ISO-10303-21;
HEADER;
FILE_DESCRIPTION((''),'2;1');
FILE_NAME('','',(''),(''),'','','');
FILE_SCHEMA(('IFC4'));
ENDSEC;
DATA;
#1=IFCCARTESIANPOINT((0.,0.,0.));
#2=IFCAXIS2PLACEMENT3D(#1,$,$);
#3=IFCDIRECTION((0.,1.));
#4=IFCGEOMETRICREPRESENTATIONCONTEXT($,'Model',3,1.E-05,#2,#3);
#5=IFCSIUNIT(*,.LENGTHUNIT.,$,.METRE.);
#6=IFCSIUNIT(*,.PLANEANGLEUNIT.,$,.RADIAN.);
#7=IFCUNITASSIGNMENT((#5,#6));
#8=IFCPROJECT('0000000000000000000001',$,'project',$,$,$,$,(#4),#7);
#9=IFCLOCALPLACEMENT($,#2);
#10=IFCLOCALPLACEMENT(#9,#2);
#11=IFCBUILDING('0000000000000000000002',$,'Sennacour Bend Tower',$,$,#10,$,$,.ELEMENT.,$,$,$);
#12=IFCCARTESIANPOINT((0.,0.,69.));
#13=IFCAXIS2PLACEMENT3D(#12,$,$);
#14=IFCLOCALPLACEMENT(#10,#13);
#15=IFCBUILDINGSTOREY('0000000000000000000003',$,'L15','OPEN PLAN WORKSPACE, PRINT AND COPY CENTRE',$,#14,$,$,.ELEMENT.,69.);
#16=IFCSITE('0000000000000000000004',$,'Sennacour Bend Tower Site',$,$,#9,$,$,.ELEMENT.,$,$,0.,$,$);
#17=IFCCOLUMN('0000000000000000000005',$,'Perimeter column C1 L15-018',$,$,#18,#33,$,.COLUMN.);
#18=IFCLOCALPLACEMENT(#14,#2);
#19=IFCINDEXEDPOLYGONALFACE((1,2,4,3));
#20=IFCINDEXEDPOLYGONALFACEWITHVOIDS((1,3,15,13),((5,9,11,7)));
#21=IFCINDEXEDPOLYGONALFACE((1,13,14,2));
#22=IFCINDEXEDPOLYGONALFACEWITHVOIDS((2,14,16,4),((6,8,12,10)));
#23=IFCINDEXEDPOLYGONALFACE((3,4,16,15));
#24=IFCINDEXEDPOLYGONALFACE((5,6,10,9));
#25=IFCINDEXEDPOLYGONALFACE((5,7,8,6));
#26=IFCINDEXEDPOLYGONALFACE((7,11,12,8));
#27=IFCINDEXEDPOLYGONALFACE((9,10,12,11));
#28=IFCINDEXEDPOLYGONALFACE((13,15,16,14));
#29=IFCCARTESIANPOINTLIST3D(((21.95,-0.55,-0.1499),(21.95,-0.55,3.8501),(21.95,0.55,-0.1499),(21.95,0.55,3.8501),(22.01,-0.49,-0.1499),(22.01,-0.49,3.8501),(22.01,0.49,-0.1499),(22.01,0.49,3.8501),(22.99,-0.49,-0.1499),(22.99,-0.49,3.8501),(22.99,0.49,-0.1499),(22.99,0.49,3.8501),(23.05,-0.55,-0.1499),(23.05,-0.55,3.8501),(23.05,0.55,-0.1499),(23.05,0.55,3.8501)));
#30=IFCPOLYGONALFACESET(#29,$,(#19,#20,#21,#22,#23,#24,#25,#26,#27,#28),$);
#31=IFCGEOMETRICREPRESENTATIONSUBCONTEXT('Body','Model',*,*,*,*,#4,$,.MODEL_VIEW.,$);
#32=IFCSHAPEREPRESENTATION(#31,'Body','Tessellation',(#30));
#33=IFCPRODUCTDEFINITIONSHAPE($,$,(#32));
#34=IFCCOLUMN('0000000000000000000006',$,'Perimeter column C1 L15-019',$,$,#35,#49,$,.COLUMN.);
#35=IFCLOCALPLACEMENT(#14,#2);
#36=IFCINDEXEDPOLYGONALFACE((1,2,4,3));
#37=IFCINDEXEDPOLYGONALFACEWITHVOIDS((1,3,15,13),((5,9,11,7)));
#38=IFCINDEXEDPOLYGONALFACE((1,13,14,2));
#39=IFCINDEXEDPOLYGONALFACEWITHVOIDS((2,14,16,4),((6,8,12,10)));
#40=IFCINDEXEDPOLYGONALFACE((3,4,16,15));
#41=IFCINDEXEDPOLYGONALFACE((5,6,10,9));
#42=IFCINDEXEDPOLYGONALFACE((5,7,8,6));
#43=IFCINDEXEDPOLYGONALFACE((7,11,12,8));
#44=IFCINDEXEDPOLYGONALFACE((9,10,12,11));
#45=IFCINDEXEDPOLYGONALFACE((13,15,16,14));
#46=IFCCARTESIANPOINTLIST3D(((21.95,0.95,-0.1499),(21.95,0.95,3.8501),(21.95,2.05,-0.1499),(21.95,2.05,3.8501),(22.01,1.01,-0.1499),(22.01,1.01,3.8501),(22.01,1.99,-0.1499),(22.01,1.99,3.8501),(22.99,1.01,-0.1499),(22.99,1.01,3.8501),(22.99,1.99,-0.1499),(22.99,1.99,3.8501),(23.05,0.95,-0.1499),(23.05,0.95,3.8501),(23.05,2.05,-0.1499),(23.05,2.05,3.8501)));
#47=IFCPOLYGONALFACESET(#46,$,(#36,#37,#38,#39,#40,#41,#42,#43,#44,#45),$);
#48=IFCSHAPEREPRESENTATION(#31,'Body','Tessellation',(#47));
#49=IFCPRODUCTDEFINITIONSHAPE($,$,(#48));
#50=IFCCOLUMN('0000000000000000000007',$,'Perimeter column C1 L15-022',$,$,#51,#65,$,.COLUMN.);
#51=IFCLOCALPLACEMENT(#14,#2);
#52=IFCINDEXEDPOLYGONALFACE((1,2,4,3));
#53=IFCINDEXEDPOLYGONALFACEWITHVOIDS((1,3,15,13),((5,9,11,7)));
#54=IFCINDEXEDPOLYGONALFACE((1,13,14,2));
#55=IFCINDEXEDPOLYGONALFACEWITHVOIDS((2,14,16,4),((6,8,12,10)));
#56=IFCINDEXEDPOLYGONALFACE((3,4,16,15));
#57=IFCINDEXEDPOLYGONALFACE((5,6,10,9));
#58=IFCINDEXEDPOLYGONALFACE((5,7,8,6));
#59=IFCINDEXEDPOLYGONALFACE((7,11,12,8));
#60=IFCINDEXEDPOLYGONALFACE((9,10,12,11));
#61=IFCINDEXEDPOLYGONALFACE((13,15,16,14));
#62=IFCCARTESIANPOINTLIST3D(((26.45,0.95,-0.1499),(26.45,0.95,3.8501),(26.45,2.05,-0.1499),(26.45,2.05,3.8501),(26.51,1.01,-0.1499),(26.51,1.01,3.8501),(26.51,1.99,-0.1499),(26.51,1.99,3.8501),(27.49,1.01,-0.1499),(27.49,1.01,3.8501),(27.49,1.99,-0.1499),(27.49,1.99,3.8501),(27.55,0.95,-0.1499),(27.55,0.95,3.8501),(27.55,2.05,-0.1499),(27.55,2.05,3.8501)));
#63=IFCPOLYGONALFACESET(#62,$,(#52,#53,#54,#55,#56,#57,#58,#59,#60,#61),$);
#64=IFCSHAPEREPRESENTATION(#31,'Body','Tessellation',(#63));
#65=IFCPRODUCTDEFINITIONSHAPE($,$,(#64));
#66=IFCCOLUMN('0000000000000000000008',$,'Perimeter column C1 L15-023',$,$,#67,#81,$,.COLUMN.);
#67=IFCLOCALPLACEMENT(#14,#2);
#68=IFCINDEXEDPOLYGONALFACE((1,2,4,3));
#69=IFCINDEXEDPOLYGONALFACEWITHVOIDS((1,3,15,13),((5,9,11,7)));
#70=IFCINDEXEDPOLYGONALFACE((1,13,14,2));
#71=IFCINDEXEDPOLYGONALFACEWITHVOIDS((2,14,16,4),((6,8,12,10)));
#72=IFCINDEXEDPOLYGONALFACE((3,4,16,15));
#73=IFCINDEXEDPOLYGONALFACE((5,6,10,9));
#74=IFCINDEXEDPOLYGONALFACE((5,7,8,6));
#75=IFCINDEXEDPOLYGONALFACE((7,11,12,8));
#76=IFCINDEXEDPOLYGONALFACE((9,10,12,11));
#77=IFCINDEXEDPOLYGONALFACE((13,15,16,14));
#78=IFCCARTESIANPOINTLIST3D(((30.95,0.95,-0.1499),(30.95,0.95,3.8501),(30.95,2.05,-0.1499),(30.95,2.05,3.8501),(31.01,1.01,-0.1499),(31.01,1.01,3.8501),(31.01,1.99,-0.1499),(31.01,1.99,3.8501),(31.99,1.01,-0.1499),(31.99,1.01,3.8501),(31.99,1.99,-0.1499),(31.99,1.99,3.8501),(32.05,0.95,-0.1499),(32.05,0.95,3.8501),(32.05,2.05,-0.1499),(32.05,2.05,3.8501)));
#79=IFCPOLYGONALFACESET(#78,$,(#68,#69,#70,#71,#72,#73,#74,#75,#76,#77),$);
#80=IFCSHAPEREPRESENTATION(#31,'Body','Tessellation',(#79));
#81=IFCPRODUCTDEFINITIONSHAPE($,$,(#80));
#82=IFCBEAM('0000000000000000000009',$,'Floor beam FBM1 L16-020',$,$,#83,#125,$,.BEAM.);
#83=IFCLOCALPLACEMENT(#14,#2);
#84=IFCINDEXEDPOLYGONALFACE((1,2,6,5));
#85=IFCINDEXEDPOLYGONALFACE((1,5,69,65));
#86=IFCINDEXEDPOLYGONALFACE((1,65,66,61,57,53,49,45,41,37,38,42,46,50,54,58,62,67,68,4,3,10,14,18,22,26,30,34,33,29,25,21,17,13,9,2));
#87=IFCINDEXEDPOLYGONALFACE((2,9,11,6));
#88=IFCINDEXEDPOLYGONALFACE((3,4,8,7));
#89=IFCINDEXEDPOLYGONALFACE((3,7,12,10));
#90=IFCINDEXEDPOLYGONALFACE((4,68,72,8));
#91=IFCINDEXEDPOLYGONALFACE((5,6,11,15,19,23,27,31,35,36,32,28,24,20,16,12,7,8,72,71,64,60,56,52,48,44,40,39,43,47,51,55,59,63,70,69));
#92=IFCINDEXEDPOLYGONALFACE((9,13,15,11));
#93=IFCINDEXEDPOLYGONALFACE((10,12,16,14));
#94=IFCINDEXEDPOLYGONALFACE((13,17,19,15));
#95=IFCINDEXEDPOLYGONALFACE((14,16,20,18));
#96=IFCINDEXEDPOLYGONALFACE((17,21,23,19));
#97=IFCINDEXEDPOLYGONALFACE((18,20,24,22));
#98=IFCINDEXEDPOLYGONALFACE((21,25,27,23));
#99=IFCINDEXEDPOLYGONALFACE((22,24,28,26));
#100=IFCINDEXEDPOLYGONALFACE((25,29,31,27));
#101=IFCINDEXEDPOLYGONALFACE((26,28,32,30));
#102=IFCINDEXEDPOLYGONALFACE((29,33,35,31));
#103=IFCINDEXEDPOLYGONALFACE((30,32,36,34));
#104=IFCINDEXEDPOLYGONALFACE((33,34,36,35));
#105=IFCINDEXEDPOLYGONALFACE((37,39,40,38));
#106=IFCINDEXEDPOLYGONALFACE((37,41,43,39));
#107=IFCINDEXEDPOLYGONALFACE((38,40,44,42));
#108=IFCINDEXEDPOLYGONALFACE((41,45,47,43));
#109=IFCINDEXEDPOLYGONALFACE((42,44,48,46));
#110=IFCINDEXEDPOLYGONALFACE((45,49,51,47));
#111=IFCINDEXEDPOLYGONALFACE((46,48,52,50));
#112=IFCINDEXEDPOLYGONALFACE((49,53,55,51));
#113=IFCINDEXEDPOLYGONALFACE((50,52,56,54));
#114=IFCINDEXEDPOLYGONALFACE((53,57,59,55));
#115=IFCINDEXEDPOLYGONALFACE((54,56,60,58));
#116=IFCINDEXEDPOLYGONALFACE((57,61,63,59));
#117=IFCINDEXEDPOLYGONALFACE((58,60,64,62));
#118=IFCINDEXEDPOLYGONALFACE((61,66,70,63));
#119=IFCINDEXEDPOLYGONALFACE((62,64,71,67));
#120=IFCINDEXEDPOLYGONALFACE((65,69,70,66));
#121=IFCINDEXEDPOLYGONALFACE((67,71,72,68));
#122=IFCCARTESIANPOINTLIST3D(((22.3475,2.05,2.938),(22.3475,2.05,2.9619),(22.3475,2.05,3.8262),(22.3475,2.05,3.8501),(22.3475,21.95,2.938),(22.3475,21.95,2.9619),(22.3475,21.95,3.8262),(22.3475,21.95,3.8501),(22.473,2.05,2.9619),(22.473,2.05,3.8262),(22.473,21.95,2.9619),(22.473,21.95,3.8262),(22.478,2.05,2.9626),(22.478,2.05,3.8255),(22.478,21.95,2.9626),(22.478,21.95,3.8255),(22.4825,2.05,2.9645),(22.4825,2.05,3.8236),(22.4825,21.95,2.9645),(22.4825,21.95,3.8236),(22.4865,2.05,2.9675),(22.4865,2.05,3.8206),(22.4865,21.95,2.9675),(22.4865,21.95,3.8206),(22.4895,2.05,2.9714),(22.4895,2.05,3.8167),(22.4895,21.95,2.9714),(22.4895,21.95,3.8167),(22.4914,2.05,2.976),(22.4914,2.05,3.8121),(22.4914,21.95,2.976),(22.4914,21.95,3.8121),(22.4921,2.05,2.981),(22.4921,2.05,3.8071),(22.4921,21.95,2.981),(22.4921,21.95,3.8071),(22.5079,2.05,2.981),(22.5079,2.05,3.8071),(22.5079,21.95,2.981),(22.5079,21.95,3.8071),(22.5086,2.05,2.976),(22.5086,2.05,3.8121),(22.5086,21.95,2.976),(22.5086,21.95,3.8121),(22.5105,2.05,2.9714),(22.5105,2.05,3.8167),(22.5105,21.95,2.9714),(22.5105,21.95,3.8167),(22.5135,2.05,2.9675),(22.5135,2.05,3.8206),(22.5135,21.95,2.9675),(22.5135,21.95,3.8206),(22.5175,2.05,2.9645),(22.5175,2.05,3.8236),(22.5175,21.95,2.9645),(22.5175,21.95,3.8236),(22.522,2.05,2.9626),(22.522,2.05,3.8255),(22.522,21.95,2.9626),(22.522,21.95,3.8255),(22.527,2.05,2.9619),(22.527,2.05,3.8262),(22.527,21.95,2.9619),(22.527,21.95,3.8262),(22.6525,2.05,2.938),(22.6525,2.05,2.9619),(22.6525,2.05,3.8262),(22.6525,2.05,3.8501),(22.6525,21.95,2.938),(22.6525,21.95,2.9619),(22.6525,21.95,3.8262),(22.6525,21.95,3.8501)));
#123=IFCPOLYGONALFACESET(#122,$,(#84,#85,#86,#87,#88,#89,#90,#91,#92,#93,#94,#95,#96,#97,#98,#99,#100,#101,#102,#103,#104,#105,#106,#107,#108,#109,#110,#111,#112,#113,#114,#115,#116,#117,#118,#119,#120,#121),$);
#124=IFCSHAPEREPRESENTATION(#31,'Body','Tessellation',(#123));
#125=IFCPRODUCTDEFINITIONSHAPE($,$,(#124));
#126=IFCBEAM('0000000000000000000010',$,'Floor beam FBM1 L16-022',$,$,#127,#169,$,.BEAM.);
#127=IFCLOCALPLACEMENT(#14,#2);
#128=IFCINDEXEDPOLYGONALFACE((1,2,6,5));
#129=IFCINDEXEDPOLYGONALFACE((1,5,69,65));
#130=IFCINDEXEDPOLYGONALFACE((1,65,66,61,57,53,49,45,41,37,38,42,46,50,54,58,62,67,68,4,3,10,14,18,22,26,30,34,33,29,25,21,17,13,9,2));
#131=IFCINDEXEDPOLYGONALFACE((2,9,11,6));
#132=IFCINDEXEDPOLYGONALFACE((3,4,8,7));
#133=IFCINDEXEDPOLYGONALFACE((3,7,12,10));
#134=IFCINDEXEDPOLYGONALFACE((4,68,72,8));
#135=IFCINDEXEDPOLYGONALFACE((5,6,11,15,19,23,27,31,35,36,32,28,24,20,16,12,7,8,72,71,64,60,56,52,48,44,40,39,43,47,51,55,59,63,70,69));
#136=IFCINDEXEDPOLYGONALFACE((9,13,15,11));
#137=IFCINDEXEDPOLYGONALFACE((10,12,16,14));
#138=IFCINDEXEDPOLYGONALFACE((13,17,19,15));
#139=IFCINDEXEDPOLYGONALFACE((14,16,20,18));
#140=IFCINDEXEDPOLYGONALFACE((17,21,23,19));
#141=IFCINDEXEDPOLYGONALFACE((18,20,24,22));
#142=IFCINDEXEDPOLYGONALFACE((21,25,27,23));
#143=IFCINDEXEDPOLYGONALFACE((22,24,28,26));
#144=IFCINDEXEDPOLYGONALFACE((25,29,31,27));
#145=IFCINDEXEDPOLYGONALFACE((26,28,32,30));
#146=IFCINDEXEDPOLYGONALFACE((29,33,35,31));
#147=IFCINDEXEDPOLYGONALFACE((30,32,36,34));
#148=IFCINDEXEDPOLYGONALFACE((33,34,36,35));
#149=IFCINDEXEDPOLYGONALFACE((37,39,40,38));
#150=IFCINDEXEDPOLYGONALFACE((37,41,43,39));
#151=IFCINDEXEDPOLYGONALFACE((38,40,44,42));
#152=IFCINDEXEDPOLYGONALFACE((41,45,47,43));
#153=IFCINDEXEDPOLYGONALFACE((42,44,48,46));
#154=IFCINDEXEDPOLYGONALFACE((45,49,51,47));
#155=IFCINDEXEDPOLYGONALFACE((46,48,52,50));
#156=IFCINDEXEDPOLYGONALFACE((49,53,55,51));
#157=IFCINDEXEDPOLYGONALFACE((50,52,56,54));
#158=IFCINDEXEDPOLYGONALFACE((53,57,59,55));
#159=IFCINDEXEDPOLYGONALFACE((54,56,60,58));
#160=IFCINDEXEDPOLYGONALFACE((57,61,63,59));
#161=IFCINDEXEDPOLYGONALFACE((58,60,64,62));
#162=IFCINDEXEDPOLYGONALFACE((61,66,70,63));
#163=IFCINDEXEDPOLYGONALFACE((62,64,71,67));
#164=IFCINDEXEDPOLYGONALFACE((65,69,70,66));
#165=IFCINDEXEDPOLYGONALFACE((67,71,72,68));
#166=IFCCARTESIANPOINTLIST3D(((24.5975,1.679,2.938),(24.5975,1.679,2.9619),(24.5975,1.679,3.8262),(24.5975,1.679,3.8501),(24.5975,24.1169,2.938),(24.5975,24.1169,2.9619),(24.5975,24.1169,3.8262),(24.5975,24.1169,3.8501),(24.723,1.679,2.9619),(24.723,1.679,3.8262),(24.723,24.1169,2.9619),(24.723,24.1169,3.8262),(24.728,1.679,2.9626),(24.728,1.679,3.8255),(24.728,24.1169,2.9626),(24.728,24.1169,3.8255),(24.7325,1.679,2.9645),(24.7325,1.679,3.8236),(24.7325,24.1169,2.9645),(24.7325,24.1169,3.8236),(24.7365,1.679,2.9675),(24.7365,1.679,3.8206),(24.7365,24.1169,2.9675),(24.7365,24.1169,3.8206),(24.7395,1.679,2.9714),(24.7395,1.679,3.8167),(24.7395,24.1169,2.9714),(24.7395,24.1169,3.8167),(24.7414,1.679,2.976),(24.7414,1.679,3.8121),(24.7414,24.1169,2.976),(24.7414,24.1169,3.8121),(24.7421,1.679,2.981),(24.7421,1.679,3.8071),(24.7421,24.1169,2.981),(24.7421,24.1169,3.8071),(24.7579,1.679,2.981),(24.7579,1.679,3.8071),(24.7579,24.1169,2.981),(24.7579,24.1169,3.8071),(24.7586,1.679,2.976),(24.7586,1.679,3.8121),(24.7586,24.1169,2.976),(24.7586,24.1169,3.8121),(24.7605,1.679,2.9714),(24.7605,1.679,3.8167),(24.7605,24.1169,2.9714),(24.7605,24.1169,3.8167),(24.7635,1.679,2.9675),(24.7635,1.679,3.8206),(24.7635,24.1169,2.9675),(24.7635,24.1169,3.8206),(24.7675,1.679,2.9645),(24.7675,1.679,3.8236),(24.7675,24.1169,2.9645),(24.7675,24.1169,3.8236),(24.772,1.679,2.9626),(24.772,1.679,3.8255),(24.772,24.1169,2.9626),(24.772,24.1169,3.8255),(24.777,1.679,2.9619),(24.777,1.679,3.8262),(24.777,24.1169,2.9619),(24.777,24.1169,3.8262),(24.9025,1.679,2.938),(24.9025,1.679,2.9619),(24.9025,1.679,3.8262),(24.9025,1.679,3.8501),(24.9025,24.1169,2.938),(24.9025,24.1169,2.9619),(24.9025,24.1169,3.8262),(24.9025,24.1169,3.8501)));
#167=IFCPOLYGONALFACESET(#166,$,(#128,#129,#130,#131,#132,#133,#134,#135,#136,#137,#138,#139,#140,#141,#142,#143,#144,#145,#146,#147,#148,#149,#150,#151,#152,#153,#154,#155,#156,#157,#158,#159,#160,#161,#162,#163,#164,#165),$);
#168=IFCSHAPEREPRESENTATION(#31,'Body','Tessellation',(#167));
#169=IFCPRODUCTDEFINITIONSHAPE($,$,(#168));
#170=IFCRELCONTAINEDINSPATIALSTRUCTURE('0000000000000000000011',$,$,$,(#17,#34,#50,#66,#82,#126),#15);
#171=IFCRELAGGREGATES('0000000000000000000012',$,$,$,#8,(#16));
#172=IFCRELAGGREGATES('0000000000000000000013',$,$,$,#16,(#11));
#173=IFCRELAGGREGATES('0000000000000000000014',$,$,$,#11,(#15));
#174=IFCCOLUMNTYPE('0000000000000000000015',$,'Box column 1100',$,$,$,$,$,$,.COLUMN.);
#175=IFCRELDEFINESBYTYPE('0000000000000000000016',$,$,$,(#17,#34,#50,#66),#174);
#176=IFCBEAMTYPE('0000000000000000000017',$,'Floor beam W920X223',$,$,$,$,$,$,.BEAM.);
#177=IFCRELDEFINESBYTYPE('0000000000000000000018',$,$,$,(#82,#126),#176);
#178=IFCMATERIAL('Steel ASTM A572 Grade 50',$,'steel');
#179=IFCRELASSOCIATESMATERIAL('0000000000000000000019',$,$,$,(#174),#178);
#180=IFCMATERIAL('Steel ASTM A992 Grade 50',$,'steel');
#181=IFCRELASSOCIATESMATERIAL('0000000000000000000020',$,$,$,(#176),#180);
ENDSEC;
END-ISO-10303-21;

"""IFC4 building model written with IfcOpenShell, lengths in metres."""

from ifc_helpers import new_model, si_unit, direction, frame, origin, origin_2d, place, context, subcontext, project, spatial, hollow_rectangle, i_section, extrude, material, material_profile, profile_set, type_object, element, save


model = new_model("IFC4")

# Units and contexts
model_context = context("Model", 3, precision=1e-05, world=origin(), true_north=direction((0.0, 1.0)))
body_context = subcontext(model_context, "Body", "Model", "MODEL_VIEW")
ifc_project = project(units=[si_unit("LENGTHUNIT", "METRE"), si_unit("PLANEANGLEUNIT", "RADIAN")], contexts=[model_context])

# Site, building, storey
site_placement = place(None, origin())
site = spatial("IfcSite", under=ifc_project, at=site_placement, Name="Sennacour Bend Tower Site", CompositionType="ELEMENT", RefElevation=0.0)
building_placement = place(site_placement, origin())
building = spatial("IfcBuilding", under=site, at=building_placement, Name="Sennacour Bend Tower", CompositionType="ELEMENT")
storey_placement = place(building_placement, frame((0.0, 0.0, 69.0)))
storey = spatial("IfcBuildingStorey", under=building, at=storey_placement, Name="L15", Description="OPEN PLAN WORKSPACE, PRINT AND COPY CENTRE", CompositionType="ELEMENT", Elevation=69.0)

# Columns
ifc_material_1 = material(Name="Steel ASTM A572 Grade 50", Category="steel")
ifc_material_profile_1 = material_profile(ifc_material_1, hollow_rectangle(XDim=1.1001, YDim=1.1001, WallThickness=0.0601, at=origin_2d()), Name="Steel ASTM A572 Grade 50", Category="steel")
ifc_profile_set_1 = profile_set([ifc_material_profile_1], Name="Steel ASTM A572 Grade 50")
column_type = type_object("IfcColumnType", Name="Box column 1100", PredefinedType="COLUMN", material=ifc_profile_set_1)
for number, where, z_axis, x_axis, name in (
    (1, (22.5, 0.0, -0.1499), (0.0, 0.0, 1.0), (1.0, 0.0, 0.0), "Perimeter column C1 L15-018"),
    (2, (22.5, 1.5, -0.1499), (0.0, 0.0, 1.0), (1.0, 0.0, 0.0), "Perimeter column C1 L15-019"),
    (3, (27.0, 1.5, -0.1499), (0.0, 0.0, 1.0), (1.0, 0.0, 0.0), "Perimeter column C1 L15-022"),
    (4, (31.5, 1.5, -0.1499), (0.0, 0.0, 1.0), (1.0, 0.0, 0.0), "Perimeter column C1 L15-023"),
):
    element("IfcColumn", number, at=place(storey_placement, frame(where, z_axis=z_axis, x_axis=x_axis)), inside=storey, type_object=column_type, Name=name, PredefinedType="COLUMN", context=body_context, shape_type="SweptSolid", body=[
        extrude(hollow_rectangle(XDim=1.1001, YDim=1.1001, WallThickness=0.0601, at=origin_2d()), origin(), (0.0, 0.0, 1.0), 4.0),
    ])

# Beams
ifc_material_2 = material(Name="Steel ASTM A992 Grade 50", Category="steel")
ifc_material_profile_2 = material_profile(ifc_material_2, i_section(OverallWidth=0.3049, OverallDepth=0.9121, WebThickness=0.0159, FlangeThickness=0.0239, FilletRadius=0.019, at=origin_2d()), Name="Steel ASTM A992 Grade 50", Category="steel")
ifc_profile_set_2 = profile_set([ifc_material_profile_2], Name="Steel ASTM A992 Grade 50")
beam_type_1 = type_object("IfcBeamType", Name="Floor beam W920X223", PredefinedType="BEAM", material=ifc_profile_set_2)
beam_1_placement = place(storey_placement, frame((22.5, 2.05, 3.394), z_axis=(0.0, 1.0, 0.0), x_axis=(-1.0, 0.0, 0.0)))
element("IfcBeam", 5, at=beam_1_placement, inside=storey, type_object=beam_type_1, Name="Floor beam FBM1 L16-020", PredefinedType="BEAM", context=body_context, shape_type="SweptSolid", body=[
    extrude(i_section(OverallWidth=0.3049, OverallDepth=0.9121, WebThickness=0.0159, FlangeThickness=0.0239, FilletRadius=0.019, at=origin_2d()), origin(), (0.0, 0.0, 1.0), 19.8999),
])
beam_2_placement = place(storey_placement, frame((24.75, 1.679, 3.394), z_axis=(0.0, 1.0, 0.0), x_axis=(-1.0, 0.0, 0.0)))
element("IfcBeam", 6, at=beam_2_placement, inside=storey, type_object=beam_type_1, Name="Floor beam FBM1 L16-022", PredefinedType="BEAM", context=body_context, shape_type="SweptSolid", body=[
    extrude(i_section(OverallWidth=0.3049, OverallDepth=0.9121, WebThickness=0.0159, FlangeThickness=0.0239, FilletRadius=0.019, at=origin_2d()), origin(), (0.0, 0.0, 1.0), 22.438),
])

save(model, "model.ifc")
